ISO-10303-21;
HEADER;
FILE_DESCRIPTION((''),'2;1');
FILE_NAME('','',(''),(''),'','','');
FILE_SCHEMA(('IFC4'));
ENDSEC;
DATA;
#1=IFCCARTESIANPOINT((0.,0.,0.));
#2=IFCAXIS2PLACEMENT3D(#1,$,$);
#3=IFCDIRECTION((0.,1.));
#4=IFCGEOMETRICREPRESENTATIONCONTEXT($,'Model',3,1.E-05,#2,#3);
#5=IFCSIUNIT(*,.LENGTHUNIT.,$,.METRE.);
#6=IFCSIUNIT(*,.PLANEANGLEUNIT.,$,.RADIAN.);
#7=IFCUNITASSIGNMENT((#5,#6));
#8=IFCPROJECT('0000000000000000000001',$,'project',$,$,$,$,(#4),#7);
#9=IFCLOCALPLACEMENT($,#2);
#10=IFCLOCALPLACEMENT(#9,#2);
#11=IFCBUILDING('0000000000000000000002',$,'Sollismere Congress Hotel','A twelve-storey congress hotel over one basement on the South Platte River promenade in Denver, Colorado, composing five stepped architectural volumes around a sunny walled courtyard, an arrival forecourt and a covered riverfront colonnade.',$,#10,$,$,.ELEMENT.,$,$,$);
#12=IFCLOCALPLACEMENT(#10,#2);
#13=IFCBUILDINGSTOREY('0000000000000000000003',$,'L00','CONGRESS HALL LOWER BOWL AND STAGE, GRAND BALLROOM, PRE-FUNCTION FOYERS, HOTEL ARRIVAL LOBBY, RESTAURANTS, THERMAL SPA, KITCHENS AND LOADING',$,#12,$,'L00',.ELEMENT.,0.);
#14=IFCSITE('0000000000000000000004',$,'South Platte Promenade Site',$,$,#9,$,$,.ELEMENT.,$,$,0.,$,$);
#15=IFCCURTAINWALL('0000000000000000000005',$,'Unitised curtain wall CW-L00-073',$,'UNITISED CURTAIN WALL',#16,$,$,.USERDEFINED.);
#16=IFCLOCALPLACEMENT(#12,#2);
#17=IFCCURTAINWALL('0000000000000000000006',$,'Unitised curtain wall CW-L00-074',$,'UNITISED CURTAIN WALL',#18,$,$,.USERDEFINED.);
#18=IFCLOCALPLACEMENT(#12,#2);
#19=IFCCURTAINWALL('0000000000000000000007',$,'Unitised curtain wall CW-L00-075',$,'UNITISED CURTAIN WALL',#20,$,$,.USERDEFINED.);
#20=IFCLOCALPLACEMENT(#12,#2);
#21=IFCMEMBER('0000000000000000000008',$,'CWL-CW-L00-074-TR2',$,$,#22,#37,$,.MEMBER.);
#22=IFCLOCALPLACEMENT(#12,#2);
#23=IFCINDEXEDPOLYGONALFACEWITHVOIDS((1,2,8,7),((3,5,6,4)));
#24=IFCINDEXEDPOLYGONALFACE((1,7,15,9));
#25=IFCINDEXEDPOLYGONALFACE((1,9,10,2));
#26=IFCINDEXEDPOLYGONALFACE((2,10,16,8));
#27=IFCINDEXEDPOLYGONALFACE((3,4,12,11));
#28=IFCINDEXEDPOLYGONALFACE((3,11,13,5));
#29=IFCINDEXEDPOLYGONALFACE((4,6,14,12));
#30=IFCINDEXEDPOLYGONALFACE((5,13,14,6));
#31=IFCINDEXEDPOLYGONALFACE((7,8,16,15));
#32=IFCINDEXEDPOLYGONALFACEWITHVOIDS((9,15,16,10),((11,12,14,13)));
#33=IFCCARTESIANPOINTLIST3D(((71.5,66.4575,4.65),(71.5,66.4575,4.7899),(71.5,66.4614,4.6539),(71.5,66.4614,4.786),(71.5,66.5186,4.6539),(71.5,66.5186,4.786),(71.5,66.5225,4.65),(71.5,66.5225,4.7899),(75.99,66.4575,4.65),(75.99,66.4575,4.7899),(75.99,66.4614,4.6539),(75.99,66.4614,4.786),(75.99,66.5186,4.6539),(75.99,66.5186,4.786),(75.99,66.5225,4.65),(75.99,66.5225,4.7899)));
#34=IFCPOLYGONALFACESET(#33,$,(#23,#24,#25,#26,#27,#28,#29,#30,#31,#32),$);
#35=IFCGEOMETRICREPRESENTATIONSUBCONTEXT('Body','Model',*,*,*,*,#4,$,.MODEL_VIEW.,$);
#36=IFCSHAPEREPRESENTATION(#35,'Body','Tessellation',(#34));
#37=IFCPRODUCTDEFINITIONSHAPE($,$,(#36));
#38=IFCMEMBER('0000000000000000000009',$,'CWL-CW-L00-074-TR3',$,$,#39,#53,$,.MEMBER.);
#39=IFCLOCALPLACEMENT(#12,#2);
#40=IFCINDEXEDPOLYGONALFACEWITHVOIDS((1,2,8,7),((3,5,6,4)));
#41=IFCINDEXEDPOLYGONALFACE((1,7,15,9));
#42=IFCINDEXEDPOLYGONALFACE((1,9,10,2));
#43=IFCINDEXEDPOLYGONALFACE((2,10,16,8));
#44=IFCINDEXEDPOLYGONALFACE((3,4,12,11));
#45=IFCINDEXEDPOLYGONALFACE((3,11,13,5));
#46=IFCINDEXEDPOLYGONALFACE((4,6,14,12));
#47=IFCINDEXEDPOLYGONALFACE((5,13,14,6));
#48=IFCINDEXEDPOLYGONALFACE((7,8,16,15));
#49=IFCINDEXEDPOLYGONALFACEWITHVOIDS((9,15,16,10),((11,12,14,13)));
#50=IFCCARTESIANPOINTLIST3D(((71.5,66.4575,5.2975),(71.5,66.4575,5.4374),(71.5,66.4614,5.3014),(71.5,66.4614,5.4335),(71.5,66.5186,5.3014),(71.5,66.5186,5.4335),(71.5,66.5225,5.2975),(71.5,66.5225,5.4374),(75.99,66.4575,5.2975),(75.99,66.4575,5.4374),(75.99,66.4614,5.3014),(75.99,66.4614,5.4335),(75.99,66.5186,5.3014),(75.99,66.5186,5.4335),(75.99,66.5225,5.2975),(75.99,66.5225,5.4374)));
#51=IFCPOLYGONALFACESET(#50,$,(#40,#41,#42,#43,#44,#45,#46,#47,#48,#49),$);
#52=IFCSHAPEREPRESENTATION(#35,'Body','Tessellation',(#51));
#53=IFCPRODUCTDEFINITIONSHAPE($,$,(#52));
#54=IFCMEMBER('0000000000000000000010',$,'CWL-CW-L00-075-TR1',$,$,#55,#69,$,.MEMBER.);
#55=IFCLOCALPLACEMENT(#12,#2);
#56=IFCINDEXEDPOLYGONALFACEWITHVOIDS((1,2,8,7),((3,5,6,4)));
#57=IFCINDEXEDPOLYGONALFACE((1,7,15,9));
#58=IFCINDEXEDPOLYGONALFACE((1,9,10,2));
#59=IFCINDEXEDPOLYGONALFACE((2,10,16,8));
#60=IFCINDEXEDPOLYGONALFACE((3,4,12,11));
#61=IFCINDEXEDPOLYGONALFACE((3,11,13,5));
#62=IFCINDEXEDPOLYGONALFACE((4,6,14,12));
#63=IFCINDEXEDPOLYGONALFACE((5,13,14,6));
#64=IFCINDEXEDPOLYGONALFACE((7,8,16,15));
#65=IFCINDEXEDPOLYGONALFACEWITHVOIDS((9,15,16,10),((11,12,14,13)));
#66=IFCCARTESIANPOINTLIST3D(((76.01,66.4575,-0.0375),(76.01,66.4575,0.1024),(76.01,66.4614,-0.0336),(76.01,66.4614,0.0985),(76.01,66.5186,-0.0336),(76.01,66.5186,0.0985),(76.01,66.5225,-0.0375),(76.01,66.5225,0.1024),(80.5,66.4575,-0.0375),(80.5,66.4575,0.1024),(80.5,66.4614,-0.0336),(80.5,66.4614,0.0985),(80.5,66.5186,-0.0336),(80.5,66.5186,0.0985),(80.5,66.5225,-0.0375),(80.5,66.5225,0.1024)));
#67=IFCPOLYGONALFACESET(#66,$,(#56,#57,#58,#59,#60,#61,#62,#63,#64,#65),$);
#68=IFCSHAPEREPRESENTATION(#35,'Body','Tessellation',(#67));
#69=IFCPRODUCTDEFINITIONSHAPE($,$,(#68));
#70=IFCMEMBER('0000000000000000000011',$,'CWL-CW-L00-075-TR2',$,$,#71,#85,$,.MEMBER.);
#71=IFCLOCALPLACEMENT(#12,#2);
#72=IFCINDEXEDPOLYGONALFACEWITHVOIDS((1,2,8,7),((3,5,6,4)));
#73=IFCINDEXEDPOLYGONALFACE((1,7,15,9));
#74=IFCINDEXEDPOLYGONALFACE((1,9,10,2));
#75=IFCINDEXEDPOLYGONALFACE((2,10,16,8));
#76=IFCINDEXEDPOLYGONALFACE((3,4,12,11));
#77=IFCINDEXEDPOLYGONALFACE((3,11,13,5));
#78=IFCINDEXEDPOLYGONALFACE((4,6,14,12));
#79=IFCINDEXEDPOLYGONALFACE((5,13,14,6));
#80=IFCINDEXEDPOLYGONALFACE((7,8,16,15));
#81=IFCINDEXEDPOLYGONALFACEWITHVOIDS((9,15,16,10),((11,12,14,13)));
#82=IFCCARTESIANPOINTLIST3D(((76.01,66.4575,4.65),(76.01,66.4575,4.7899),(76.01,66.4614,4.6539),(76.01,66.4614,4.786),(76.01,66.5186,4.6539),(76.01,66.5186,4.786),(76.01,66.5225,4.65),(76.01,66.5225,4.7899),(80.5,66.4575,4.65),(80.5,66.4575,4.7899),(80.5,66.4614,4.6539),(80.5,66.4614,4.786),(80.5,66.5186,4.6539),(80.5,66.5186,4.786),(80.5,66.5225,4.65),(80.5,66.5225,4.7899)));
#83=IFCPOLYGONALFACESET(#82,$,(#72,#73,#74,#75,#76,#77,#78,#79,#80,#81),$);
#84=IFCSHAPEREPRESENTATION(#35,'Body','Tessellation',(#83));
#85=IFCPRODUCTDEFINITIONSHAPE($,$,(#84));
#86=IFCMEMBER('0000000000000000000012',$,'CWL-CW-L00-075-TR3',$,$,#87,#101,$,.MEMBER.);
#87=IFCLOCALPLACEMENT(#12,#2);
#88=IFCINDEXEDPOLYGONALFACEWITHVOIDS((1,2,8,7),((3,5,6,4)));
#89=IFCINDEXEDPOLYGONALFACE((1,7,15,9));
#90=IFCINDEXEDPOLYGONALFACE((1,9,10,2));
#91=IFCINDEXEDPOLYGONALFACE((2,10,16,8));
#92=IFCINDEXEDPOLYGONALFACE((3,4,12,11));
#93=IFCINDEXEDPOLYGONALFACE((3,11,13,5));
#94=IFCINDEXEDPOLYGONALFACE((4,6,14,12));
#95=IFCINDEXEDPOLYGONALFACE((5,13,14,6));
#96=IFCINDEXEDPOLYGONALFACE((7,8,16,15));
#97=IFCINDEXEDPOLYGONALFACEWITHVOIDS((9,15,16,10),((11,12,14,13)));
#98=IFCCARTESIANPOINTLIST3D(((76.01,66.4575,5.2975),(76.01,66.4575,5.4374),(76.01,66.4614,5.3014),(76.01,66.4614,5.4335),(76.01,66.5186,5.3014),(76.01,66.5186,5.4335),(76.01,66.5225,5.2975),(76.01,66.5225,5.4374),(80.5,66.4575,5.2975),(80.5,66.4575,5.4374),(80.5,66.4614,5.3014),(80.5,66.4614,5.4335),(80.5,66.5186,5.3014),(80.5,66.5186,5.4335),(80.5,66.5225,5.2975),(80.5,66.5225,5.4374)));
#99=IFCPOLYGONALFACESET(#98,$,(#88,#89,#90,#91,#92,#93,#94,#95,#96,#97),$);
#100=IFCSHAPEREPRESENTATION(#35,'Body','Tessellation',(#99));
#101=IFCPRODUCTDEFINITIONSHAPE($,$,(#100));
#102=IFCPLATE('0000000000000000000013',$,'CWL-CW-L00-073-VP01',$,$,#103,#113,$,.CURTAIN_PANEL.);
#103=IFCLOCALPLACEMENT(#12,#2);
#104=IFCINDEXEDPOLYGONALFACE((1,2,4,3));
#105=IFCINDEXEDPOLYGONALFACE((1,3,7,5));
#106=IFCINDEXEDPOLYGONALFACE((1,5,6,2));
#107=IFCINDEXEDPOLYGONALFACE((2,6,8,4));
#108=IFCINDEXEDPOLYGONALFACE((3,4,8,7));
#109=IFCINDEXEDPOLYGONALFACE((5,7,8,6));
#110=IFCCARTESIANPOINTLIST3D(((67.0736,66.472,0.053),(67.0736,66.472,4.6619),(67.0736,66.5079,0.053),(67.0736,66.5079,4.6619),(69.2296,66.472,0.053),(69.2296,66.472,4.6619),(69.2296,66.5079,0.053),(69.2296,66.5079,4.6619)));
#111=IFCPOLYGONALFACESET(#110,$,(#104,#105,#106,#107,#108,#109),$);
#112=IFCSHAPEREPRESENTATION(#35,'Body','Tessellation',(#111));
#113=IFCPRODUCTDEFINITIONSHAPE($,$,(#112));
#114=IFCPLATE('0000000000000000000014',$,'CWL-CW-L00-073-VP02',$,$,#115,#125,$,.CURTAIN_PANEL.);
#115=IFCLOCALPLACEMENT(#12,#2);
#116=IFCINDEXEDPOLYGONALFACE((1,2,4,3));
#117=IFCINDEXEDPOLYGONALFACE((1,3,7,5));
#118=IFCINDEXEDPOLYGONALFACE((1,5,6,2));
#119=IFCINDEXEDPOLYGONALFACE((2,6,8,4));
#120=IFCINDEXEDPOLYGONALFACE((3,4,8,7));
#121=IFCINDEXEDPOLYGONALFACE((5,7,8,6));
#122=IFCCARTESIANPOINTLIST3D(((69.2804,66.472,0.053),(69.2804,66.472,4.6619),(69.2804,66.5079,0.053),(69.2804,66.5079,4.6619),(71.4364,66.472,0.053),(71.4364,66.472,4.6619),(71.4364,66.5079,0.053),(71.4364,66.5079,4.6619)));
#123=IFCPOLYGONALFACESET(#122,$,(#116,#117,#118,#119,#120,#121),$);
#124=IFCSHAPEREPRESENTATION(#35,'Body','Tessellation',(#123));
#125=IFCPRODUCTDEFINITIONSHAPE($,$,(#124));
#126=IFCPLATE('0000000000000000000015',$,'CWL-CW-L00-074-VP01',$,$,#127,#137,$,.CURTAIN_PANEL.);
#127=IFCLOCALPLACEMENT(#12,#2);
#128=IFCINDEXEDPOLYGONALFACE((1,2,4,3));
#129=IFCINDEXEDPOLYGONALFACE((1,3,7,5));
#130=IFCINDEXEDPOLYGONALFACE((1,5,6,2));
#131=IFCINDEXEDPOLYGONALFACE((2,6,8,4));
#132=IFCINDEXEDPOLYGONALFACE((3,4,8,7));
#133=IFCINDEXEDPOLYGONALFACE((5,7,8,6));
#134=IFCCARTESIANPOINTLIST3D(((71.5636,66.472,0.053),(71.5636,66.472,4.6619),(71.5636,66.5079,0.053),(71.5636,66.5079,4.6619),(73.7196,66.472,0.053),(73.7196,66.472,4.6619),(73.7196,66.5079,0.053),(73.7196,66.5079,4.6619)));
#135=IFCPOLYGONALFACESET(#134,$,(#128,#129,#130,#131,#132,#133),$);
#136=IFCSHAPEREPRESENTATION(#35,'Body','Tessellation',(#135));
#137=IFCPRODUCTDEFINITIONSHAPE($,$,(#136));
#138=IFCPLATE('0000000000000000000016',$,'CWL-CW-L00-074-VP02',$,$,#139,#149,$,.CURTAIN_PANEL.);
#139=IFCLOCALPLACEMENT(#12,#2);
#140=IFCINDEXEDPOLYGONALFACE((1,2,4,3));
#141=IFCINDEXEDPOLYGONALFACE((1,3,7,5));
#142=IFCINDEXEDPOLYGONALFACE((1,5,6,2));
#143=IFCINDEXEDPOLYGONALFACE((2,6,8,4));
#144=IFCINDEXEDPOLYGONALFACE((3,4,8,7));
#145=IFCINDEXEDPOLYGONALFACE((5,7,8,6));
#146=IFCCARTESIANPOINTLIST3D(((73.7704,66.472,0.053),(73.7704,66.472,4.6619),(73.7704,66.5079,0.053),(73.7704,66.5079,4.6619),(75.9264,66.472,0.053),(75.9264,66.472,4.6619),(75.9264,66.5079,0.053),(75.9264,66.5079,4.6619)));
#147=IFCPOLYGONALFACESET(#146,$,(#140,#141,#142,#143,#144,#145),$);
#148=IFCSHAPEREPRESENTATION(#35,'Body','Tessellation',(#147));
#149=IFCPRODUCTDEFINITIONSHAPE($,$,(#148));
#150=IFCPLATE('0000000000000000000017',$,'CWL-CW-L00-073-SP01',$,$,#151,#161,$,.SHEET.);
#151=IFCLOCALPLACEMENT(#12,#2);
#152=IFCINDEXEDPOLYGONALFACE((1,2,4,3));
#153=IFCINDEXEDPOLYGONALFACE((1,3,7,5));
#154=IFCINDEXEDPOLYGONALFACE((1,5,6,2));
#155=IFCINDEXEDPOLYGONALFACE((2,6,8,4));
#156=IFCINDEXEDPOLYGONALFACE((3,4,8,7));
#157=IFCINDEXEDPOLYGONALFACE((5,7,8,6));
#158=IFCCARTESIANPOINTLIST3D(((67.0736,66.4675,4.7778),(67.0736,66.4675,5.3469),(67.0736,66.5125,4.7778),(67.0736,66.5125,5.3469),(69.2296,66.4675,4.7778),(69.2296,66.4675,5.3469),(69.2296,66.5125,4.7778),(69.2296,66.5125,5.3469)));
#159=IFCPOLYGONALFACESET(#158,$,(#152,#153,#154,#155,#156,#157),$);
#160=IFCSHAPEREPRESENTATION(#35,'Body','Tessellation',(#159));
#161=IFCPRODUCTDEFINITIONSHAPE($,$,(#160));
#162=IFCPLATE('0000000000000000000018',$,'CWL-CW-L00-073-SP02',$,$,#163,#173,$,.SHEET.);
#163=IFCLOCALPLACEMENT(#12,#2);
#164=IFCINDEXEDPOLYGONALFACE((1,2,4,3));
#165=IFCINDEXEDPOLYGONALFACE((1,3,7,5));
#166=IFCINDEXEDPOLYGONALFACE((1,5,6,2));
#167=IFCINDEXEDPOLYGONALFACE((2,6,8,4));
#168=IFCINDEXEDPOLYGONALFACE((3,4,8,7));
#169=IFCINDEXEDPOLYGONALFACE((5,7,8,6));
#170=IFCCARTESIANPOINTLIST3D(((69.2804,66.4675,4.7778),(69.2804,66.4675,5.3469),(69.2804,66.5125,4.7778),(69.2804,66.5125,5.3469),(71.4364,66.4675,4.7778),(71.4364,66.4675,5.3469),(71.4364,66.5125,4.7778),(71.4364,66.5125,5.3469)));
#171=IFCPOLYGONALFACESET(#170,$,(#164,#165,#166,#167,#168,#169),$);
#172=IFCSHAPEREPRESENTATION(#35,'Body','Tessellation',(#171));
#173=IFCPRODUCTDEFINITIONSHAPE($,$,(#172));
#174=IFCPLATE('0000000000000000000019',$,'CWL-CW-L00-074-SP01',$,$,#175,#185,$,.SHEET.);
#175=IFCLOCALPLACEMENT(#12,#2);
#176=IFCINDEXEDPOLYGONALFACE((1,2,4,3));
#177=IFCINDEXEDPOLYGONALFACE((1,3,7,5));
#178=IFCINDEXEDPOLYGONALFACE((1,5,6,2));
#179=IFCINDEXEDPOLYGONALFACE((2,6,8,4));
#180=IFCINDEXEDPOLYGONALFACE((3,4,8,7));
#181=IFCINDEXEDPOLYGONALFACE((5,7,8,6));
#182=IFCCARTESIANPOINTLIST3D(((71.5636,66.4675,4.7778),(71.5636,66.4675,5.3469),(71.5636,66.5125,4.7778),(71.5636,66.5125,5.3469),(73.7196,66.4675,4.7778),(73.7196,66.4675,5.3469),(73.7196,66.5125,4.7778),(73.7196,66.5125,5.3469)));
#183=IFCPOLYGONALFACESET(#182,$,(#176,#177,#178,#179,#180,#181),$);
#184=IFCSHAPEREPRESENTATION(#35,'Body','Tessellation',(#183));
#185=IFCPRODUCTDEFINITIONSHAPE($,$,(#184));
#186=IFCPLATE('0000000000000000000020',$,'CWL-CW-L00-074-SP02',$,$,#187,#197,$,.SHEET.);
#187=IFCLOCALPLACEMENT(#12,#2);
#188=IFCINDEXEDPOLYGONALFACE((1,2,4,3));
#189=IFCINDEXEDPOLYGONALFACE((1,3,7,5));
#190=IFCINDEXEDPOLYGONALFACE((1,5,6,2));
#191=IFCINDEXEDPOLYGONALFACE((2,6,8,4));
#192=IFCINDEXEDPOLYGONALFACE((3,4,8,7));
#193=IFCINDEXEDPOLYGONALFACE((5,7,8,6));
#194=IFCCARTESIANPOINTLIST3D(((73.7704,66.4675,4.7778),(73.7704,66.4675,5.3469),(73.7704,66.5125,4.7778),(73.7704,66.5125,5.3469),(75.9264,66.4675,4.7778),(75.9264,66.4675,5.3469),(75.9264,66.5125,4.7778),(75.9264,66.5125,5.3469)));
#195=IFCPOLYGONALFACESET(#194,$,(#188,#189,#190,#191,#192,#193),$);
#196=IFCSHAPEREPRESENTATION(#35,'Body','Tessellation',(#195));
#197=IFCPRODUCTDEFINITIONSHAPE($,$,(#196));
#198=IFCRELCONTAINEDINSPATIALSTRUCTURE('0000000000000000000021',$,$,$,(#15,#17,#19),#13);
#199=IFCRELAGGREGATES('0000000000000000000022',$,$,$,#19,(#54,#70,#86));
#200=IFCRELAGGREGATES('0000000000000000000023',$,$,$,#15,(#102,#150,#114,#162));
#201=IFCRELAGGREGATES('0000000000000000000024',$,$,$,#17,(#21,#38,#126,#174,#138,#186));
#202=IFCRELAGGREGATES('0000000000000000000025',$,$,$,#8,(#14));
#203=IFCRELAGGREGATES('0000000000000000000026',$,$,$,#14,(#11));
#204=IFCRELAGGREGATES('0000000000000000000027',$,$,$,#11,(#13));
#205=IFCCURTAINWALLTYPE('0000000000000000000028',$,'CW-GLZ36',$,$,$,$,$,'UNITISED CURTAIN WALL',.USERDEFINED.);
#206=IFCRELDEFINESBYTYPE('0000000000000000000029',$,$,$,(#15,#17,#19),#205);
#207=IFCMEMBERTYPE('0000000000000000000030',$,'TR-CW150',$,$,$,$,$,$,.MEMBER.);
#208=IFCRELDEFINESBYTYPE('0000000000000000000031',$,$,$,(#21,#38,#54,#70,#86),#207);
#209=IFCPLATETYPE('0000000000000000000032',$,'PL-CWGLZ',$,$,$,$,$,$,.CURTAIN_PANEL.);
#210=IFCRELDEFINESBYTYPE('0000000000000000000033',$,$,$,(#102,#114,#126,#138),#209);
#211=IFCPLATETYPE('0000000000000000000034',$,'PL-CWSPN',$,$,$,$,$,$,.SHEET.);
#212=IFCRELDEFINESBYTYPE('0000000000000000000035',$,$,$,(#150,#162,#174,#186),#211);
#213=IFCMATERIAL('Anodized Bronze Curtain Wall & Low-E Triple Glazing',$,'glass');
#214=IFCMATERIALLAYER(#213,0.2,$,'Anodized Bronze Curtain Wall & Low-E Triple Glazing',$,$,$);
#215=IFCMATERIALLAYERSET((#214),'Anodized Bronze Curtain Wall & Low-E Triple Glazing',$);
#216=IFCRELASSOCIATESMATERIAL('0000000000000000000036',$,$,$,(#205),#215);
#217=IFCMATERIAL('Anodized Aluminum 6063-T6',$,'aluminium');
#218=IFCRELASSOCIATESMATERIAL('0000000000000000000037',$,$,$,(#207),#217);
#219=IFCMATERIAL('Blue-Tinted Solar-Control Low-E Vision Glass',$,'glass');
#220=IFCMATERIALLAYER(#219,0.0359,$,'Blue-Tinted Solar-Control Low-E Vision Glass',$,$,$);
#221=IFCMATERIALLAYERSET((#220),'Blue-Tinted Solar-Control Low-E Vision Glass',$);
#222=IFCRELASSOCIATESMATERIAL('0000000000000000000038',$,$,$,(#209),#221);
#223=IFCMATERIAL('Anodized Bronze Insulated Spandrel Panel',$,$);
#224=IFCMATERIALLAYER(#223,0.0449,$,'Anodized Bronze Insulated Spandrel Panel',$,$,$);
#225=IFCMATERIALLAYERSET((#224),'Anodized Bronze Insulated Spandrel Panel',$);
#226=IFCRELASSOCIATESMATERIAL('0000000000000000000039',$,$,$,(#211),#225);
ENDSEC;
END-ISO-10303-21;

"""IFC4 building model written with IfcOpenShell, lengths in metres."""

from ifc_helpers import new_model, si_unit, direction, frame, origin, origin_2d, place, context, subcontext, project, spatial, rectangle, hollow_rectangle, extrude, material, layer, layer_set, material_profile, profile_set, type_object, element, aggregate, save


model = new_model("IFC4")

# Units and contexts
model_context = context("Model", 3, precision=1e-05, world=origin(), true_north=direction((0.0, 1.0)))
body_context = subcontext(model_context, "Body", "Model", "MODEL_VIEW")
ifc_project = project(units=[si_unit("LENGTHUNIT", "METRE"), si_unit("PLANEANGLEUNIT", "RADIAN")], contexts=[model_context])

# Site, building, storey
site_placement = place(None, origin())
site = spatial("IfcSite", under=ifc_project, at=site_placement, Name="South Platte Promenade Site", CompositionType="ELEMENT", RefElevation=0.0)
building_placement = place(site_placement, origin())
building = spatial("IfcBuilding", under=site, at=building_placement, Name="Sollismere Congress Hotel", Description="A twelve-storey congress hotel over one basement on the South Platte River promenade in Denver, Colorado, composing five stepped architectural volumes around a sunny walled courtyard, an arrival forecourt and a covered riverfront colonnade.", CompositionType="ELEMENT")
storey_placement = place(building_placement, origin())
storey = spatial("IfcBuildingStorey", under=building, at=storey_placement, Name="L00", Description="CONGRESS HALL LOWER BOWL AND STAGE, GRAND BALLROOM, PRE-FUNCTION FOYERS, HOTEL ARRIVAL LOBBY, RESTAURANTS, THERMAL SPA, KITCHENS AND LOADING", LongName="L00", CompositionType="ELEMENT", Elevation=0.0)

# Curtain walls
ifc_material_1 = material(Name="Anodized Bronze Curtain Wall & Low-E Triple Glazing", Category="glass")
ifc_layer_1 = layer(ifc_material_1, 0.2, Name="Anodized Bronze Curtain Wall & Low-E Triple Glazing")
ifc_layer_set_1 = layer_set([ifc_layer_1], Name="Anodized Bronze Curtain Wall & Low-E Triple Glazing")
curtain_wall_type = type_object("IfcCurtainWallType", Name="CW-GLZ36", ElementType="UNITISED CURTAIN WALL", PredefinedType="USERDEFINED", material=ifc_layer_set_1)
curtain_wall_1_placement = place(storey_placement, origin())
curtain_wall_1 = element("IfcCurtainWall", 1, at=curtain_wall_1_placement, inside=storey, type_object=curtain_wall_type, Name="Unitised curtain wall CW-L00-073", ObjectType="UNITISED CURTAIN WALL", PredefinedType="USERDEFINED")
ifc_material_2 = material(Name="Anodized Aluminum 6063-T6", Category="aluminium")
curtain_wall_2_placement = place(storey_placement, origin())
curtain_wall_2 = element("IfcCurtainWall", 2, at=curtain_wall_2_placement, inside=storey, type_object=curtain_wall_type, Name="Unitised curtain wall CW-L00-074", ObjectType="UNITISED CURTAIN WALL", PredefinedType="USERDEFINED")

# Curtain wall
curtain_wall_3_placement = place(storey_placement, origin())
curtain_wall_3 = element("IfcCurtainWall", 3, at=curtain_wall_3_placement, inside=storey, type_object=curtain_wall_type, Name="Unitised curtain wall CW-L00-075", ObjectType="UNITISED CURTAIN WALL", PredefinedType="USERDEFINED")

# Members
ifc_material_profile_1 = material_profile(ifc_material_2, hollow_rectangle(XDim=0.0649, YDim=0.1399, WallThickness=0.0039, at=origin_2d()), Name="ALU140X65X4")
ifc_profile_set_1 = profile_set([ifc_material_profile_1], Name="Anodized Aluminum 6063-T6")
member_type_1 = type_object("IfcMemberType", Name="TR-CW150", PredefinedType="MEMBER", material=ifc_profile_set_1)
member_1_placement = place(storey_placement, frame((71.5, 66.49, 4.72), z_axis=(1.0, 0.0, 0.0), x_axis=(0.0, 1.0, 0.0)))
member_1 = element("IfcMember", 4, at=member_1_placement, type_object=member_type_1, Name="CWL-CW-L00-074-TR2", PredefinedType="MEMBER", context=body_context, shape_type="SweptSolid", body=[
    extrude(hollow_rectangle(XDim=0.0649, YDim=0.1399, WallThickness=0.0039, at=origin_2d()), origin(), (0.0, 0.0, 1.0), 4.49),
])
member_2_placement = place(storey_placement, frame((71.5, 66.49, 5.3674), z_axis=(1.0, 0.0, 0.0), x_axis=(0.0, 1.0, 0.0)))
member_2 = element("IfcMember", 5, at=member_2_placement, type_object=member_type_1, Name="CWL-CW-L00-074-TR3", PredefinedType="MEMBER", context=body_context, shape_type="SweptSolid", body=[
    extrude(hollow_rectangle(XDim=0.0649, YDim=0.1399, WallThickness=0.0039, at=origin_2d()), origin(), (0.0, 0.0, 1.0), 4.49),
])
member_3_placement = place(storey_placement, frame((76.01, 66.49, 0.0325), z_axis=(1.0, 0.0, 0.0), x_axis=(0.0, 1.0, 0.0)))
member_3 = element("IfcMember", 6, at=member_3_placement, type_object=member_type_1, Name="CWL-CW-L00-075-TR1", PredefinedType="MEMBER", context=body_context, shape_type="SweptSolid", body=[
    extrude(hollow_rectangle(XDim=0.0649, YDim=0.1399, WallThickness=0.0039, at=origin_2d()), origin(), (0.0, 0.0, 1.0), 4.49),
])
member_4_placement = place(storey_placement, frame((76.01, 66.49, 4.72), z_axis=(1.0, 0.0, 0.0), x_axis=(0.0, 1.0, 0.0)))
member_4 = element("IfcMember", 7, at=member_4_placement, type_object=member_type_1, Name="CWL-CW-L00-075-TR2", PredefinedType="MEMBER", context=body_context, shape_type="SweptSolid", body=[
    extrude(hollow_rectangle(XDim=0.0649, YDim=0.1399, WallThickness=0.0039, at=origin_2d()), origin(), (0.0, 0.0, 1.0), 4.49),
])
member_5_placement = place(storey_placement, frame((76.01, 66.49, 5.3674), z_axis=(1.0, 0.0, 0.0), x_axis=(0.0, 1.0, 0.0)))
member_5 = element("IfcMember", 8, at=member_5_placement, type_object=member_type_1, Name="CWL-CW-L00-075-TR3", PredefinedType="MEMBER", context=body_context, shape_type="SweptSolid", body=[
    extrude(hollow_rectangle(XDim=0.0649, YDim=0.1399, WallThickness=0.0039, at=origin_2d()), origin(), (0.0, 0.0, 1.0), 4.49),
])
aggregate(curtain_wall_3, [member_3, member_4, member_5])

# Plates
ifc_material_3 = material(Name="Blue-Tinted Solar-Control Low-E Vision Glass", Category="glass")
ifc_layer_2 = layer(ifc_material_3, 0.0359, Name="Blue-Tinted Solar-Control Low-E Vision Glass")
ifc_layer_set_2 = layer_set([ifc_layer_2], Name="Blue-Tinted Solar-Control Low-E Vision Glass")
plate_type_1 = type_object("IfcPlateType", Name="PL-CWGLZ", PredefinedType="CURTAIN_PANEL", material=ifc_layer_set_2)
plate_1_placement = place(storey_placement, frame((68.1516, 66.49, 0.053), z_axis=(0.0, 0.0, 1.0), x_axis=(1.0, 0.0, 0.0)))
plate_1 = element("IfcPlate", 9, at=plate_1_placement, type_object=plate_type_1, Name="CWL-CW-L00-073-VP01", PredefinedType="CURTAIN_PANEL", context=body_context, shape_type="SweptSolid", body=[
    extrude(rectangle(XDim=2.156, YDim=0.0359, at=origin_2d()), origin(), (0.0, 0.0, 1.0), 4.6089),
])
plate_2_placement = place(storey_placement, frame((70.3584, 66.49, 0.053), z_axis=(0.0, 0.0, 1.0), x_axis=(1.0, 0.0, 0.0)))
plate_2 = element("IfcPlate", 10, at=plate_2_placement, type_object=plate_type_1, Name="CWL-CW-L00-073-VP02", PredefinedType="CURTAIN_PANEL", context=body_context, shape_type="SweptSolid", body=[
    extrude(rectangle(XDim=2.156, YDim=0.0359, at=origin_2d()), origin(), (0.0, 0.0, 1.0), 4.6089),
])
plate_3_placement = place(storey_placement, frame((72.6416, 66.49, 0.053), z_axis=(0.0, 0.0, 1.0), x_axis=(1.0, 0.0, 0.0)))
plate_3 = element("IfcPlate", 11, at=plate_3_placement, type_object=plate_type_1, Name="CWL-CW-L00-074-VP01", PredefinedType="CURTAIN_PANEL", context=body_context, shape_type="SweptSolid", body=[
    extrude(rectangle(XDim=2.156, YDim=0.0359, at=origin_2d()), origin(), (0.0, 0.0, 1.0), 4.6089),
])
plate_4_placement = place(storey_placement, frame((74.8484, 66.49, 0.053), z_axis=(0.0, 0.0, 1.0), x_axis=(1.0, 0.0, 0.0)))
plate_4 = element("IfcPlate", 12, at=plate_4_placement, type_object=plate_type_1, Name="CWL-CW-L00-074-VP02", PredefinedType="CURTAIN_PANEL", context=body_context, shape_type="SweptSolid", body=[
    extrude(rectangle(XDim=2.156, YDim=0.0359, at=origin_2d()), origin(), (0.0, 0.0, 1.0), 4.6089),
])
ifc_material_4 = material(Name="Anodized Bronze Insulated Spandrel Panel")
ifc_layer_3 = layer(ifc_material_4, 0.0449, Name="Anodized Bronze Insulated Spandrel Panel")
ifc_layer_set_3 = layer_set([ifc_layer_3], Name="Anodized Bronze Insulated Spandrel Panel")
plate_type_2 = type_object("IfcPlateType", Name="PL-CWSPN", PredefinedType="SHEET", material=ifc_layer_set_3)
plate_5_placement = place(storey_placement, frame((68.1516, 66.49, 4.7778), z_axis=(0.0, 0.0, 1.0), x_axis=(1.0, 0.0, 0.0)))
plate_5 = element("IfcPlate", 13, at=plate_5_placement, type_object=plate_type_2, Name="CWL-CW-L00-073-SP01", PredefinedType="SHEET", context=body_context, shape_type="SweptSolid", body=[
    extrude(rectangle(XDim=2.156, YDim=0.0449, at=origin_2d()), origin(), (0.0, 0.0, 1.0), 0.5691),
])
plate_6_placement = place(storey_placement, frame((70.3584, 66.49, 4.7778), z_axis=(0.0, 0.0, 1.0), x_axis=(1.0, 0.0, 0.0)))
plate_6 = element("IfcPlate", 14, at=plate_6_placement, type_object=plate_type_2, Name="CWL-CW-L00-073-SP02", PredefinedType="SHEET", context=body_context, shape_type="SweptSolid", body=[
    extrude(rectangle(XDim=2.156, YDim=0.0449, at=origin_2d()), origin(), (0.0, 0.0, 1.0), 0.5691),
])
aggregate(curtain_wall_1, [plate_1, plate_5, plate_2, plate_6])
plate_7_placement = place(storey_placement, frame((72.6416, 66.49, 4.7778), z_axis=(0.0, 0.0, 1.0), x_axis=(1.0, 0.0, 0.0)))
plate_7 = element("IfcPlate", 15, at=plate_7_placement, type_object=plate_type_2, Name="CWL-CW-L00-074-SP01", PredefinedType="SHEET", context=body_context, shape_type="SweptSolid", body=[
    extrude(rectangle(XDim=2.156, YDim=0.0449, at=origin_2d()), origin(), (0.0, 0.0, 1.0), 0.5691),
])
plate_8_placement = place(storey_placement, frame((74.8484, 66.49, 4.7778), z_axis=(0.0, 0.0, 1.0), x_axis=(1.0, 0.0, 0.0)))
plate_8 = element("IfcPlate", 16, at=plate_8_placement, type_object=plate_type_2, Name="CWL-CW-L00-074-SP02", PredefinedType="SHEET", context=body_context, shape_type="SweptSolid", body=[
    extrude(rectangle(XDim=2.156, YDim=0.0449, at=origin_2d()), origin(), (0.0, 0.0, 1.0), 0.5691),
])
aggregate(curtain_wall_2, [member_1, member_2, plate_3, plate_7, plate_4, plate_8])

save(model, "model.ifc")
